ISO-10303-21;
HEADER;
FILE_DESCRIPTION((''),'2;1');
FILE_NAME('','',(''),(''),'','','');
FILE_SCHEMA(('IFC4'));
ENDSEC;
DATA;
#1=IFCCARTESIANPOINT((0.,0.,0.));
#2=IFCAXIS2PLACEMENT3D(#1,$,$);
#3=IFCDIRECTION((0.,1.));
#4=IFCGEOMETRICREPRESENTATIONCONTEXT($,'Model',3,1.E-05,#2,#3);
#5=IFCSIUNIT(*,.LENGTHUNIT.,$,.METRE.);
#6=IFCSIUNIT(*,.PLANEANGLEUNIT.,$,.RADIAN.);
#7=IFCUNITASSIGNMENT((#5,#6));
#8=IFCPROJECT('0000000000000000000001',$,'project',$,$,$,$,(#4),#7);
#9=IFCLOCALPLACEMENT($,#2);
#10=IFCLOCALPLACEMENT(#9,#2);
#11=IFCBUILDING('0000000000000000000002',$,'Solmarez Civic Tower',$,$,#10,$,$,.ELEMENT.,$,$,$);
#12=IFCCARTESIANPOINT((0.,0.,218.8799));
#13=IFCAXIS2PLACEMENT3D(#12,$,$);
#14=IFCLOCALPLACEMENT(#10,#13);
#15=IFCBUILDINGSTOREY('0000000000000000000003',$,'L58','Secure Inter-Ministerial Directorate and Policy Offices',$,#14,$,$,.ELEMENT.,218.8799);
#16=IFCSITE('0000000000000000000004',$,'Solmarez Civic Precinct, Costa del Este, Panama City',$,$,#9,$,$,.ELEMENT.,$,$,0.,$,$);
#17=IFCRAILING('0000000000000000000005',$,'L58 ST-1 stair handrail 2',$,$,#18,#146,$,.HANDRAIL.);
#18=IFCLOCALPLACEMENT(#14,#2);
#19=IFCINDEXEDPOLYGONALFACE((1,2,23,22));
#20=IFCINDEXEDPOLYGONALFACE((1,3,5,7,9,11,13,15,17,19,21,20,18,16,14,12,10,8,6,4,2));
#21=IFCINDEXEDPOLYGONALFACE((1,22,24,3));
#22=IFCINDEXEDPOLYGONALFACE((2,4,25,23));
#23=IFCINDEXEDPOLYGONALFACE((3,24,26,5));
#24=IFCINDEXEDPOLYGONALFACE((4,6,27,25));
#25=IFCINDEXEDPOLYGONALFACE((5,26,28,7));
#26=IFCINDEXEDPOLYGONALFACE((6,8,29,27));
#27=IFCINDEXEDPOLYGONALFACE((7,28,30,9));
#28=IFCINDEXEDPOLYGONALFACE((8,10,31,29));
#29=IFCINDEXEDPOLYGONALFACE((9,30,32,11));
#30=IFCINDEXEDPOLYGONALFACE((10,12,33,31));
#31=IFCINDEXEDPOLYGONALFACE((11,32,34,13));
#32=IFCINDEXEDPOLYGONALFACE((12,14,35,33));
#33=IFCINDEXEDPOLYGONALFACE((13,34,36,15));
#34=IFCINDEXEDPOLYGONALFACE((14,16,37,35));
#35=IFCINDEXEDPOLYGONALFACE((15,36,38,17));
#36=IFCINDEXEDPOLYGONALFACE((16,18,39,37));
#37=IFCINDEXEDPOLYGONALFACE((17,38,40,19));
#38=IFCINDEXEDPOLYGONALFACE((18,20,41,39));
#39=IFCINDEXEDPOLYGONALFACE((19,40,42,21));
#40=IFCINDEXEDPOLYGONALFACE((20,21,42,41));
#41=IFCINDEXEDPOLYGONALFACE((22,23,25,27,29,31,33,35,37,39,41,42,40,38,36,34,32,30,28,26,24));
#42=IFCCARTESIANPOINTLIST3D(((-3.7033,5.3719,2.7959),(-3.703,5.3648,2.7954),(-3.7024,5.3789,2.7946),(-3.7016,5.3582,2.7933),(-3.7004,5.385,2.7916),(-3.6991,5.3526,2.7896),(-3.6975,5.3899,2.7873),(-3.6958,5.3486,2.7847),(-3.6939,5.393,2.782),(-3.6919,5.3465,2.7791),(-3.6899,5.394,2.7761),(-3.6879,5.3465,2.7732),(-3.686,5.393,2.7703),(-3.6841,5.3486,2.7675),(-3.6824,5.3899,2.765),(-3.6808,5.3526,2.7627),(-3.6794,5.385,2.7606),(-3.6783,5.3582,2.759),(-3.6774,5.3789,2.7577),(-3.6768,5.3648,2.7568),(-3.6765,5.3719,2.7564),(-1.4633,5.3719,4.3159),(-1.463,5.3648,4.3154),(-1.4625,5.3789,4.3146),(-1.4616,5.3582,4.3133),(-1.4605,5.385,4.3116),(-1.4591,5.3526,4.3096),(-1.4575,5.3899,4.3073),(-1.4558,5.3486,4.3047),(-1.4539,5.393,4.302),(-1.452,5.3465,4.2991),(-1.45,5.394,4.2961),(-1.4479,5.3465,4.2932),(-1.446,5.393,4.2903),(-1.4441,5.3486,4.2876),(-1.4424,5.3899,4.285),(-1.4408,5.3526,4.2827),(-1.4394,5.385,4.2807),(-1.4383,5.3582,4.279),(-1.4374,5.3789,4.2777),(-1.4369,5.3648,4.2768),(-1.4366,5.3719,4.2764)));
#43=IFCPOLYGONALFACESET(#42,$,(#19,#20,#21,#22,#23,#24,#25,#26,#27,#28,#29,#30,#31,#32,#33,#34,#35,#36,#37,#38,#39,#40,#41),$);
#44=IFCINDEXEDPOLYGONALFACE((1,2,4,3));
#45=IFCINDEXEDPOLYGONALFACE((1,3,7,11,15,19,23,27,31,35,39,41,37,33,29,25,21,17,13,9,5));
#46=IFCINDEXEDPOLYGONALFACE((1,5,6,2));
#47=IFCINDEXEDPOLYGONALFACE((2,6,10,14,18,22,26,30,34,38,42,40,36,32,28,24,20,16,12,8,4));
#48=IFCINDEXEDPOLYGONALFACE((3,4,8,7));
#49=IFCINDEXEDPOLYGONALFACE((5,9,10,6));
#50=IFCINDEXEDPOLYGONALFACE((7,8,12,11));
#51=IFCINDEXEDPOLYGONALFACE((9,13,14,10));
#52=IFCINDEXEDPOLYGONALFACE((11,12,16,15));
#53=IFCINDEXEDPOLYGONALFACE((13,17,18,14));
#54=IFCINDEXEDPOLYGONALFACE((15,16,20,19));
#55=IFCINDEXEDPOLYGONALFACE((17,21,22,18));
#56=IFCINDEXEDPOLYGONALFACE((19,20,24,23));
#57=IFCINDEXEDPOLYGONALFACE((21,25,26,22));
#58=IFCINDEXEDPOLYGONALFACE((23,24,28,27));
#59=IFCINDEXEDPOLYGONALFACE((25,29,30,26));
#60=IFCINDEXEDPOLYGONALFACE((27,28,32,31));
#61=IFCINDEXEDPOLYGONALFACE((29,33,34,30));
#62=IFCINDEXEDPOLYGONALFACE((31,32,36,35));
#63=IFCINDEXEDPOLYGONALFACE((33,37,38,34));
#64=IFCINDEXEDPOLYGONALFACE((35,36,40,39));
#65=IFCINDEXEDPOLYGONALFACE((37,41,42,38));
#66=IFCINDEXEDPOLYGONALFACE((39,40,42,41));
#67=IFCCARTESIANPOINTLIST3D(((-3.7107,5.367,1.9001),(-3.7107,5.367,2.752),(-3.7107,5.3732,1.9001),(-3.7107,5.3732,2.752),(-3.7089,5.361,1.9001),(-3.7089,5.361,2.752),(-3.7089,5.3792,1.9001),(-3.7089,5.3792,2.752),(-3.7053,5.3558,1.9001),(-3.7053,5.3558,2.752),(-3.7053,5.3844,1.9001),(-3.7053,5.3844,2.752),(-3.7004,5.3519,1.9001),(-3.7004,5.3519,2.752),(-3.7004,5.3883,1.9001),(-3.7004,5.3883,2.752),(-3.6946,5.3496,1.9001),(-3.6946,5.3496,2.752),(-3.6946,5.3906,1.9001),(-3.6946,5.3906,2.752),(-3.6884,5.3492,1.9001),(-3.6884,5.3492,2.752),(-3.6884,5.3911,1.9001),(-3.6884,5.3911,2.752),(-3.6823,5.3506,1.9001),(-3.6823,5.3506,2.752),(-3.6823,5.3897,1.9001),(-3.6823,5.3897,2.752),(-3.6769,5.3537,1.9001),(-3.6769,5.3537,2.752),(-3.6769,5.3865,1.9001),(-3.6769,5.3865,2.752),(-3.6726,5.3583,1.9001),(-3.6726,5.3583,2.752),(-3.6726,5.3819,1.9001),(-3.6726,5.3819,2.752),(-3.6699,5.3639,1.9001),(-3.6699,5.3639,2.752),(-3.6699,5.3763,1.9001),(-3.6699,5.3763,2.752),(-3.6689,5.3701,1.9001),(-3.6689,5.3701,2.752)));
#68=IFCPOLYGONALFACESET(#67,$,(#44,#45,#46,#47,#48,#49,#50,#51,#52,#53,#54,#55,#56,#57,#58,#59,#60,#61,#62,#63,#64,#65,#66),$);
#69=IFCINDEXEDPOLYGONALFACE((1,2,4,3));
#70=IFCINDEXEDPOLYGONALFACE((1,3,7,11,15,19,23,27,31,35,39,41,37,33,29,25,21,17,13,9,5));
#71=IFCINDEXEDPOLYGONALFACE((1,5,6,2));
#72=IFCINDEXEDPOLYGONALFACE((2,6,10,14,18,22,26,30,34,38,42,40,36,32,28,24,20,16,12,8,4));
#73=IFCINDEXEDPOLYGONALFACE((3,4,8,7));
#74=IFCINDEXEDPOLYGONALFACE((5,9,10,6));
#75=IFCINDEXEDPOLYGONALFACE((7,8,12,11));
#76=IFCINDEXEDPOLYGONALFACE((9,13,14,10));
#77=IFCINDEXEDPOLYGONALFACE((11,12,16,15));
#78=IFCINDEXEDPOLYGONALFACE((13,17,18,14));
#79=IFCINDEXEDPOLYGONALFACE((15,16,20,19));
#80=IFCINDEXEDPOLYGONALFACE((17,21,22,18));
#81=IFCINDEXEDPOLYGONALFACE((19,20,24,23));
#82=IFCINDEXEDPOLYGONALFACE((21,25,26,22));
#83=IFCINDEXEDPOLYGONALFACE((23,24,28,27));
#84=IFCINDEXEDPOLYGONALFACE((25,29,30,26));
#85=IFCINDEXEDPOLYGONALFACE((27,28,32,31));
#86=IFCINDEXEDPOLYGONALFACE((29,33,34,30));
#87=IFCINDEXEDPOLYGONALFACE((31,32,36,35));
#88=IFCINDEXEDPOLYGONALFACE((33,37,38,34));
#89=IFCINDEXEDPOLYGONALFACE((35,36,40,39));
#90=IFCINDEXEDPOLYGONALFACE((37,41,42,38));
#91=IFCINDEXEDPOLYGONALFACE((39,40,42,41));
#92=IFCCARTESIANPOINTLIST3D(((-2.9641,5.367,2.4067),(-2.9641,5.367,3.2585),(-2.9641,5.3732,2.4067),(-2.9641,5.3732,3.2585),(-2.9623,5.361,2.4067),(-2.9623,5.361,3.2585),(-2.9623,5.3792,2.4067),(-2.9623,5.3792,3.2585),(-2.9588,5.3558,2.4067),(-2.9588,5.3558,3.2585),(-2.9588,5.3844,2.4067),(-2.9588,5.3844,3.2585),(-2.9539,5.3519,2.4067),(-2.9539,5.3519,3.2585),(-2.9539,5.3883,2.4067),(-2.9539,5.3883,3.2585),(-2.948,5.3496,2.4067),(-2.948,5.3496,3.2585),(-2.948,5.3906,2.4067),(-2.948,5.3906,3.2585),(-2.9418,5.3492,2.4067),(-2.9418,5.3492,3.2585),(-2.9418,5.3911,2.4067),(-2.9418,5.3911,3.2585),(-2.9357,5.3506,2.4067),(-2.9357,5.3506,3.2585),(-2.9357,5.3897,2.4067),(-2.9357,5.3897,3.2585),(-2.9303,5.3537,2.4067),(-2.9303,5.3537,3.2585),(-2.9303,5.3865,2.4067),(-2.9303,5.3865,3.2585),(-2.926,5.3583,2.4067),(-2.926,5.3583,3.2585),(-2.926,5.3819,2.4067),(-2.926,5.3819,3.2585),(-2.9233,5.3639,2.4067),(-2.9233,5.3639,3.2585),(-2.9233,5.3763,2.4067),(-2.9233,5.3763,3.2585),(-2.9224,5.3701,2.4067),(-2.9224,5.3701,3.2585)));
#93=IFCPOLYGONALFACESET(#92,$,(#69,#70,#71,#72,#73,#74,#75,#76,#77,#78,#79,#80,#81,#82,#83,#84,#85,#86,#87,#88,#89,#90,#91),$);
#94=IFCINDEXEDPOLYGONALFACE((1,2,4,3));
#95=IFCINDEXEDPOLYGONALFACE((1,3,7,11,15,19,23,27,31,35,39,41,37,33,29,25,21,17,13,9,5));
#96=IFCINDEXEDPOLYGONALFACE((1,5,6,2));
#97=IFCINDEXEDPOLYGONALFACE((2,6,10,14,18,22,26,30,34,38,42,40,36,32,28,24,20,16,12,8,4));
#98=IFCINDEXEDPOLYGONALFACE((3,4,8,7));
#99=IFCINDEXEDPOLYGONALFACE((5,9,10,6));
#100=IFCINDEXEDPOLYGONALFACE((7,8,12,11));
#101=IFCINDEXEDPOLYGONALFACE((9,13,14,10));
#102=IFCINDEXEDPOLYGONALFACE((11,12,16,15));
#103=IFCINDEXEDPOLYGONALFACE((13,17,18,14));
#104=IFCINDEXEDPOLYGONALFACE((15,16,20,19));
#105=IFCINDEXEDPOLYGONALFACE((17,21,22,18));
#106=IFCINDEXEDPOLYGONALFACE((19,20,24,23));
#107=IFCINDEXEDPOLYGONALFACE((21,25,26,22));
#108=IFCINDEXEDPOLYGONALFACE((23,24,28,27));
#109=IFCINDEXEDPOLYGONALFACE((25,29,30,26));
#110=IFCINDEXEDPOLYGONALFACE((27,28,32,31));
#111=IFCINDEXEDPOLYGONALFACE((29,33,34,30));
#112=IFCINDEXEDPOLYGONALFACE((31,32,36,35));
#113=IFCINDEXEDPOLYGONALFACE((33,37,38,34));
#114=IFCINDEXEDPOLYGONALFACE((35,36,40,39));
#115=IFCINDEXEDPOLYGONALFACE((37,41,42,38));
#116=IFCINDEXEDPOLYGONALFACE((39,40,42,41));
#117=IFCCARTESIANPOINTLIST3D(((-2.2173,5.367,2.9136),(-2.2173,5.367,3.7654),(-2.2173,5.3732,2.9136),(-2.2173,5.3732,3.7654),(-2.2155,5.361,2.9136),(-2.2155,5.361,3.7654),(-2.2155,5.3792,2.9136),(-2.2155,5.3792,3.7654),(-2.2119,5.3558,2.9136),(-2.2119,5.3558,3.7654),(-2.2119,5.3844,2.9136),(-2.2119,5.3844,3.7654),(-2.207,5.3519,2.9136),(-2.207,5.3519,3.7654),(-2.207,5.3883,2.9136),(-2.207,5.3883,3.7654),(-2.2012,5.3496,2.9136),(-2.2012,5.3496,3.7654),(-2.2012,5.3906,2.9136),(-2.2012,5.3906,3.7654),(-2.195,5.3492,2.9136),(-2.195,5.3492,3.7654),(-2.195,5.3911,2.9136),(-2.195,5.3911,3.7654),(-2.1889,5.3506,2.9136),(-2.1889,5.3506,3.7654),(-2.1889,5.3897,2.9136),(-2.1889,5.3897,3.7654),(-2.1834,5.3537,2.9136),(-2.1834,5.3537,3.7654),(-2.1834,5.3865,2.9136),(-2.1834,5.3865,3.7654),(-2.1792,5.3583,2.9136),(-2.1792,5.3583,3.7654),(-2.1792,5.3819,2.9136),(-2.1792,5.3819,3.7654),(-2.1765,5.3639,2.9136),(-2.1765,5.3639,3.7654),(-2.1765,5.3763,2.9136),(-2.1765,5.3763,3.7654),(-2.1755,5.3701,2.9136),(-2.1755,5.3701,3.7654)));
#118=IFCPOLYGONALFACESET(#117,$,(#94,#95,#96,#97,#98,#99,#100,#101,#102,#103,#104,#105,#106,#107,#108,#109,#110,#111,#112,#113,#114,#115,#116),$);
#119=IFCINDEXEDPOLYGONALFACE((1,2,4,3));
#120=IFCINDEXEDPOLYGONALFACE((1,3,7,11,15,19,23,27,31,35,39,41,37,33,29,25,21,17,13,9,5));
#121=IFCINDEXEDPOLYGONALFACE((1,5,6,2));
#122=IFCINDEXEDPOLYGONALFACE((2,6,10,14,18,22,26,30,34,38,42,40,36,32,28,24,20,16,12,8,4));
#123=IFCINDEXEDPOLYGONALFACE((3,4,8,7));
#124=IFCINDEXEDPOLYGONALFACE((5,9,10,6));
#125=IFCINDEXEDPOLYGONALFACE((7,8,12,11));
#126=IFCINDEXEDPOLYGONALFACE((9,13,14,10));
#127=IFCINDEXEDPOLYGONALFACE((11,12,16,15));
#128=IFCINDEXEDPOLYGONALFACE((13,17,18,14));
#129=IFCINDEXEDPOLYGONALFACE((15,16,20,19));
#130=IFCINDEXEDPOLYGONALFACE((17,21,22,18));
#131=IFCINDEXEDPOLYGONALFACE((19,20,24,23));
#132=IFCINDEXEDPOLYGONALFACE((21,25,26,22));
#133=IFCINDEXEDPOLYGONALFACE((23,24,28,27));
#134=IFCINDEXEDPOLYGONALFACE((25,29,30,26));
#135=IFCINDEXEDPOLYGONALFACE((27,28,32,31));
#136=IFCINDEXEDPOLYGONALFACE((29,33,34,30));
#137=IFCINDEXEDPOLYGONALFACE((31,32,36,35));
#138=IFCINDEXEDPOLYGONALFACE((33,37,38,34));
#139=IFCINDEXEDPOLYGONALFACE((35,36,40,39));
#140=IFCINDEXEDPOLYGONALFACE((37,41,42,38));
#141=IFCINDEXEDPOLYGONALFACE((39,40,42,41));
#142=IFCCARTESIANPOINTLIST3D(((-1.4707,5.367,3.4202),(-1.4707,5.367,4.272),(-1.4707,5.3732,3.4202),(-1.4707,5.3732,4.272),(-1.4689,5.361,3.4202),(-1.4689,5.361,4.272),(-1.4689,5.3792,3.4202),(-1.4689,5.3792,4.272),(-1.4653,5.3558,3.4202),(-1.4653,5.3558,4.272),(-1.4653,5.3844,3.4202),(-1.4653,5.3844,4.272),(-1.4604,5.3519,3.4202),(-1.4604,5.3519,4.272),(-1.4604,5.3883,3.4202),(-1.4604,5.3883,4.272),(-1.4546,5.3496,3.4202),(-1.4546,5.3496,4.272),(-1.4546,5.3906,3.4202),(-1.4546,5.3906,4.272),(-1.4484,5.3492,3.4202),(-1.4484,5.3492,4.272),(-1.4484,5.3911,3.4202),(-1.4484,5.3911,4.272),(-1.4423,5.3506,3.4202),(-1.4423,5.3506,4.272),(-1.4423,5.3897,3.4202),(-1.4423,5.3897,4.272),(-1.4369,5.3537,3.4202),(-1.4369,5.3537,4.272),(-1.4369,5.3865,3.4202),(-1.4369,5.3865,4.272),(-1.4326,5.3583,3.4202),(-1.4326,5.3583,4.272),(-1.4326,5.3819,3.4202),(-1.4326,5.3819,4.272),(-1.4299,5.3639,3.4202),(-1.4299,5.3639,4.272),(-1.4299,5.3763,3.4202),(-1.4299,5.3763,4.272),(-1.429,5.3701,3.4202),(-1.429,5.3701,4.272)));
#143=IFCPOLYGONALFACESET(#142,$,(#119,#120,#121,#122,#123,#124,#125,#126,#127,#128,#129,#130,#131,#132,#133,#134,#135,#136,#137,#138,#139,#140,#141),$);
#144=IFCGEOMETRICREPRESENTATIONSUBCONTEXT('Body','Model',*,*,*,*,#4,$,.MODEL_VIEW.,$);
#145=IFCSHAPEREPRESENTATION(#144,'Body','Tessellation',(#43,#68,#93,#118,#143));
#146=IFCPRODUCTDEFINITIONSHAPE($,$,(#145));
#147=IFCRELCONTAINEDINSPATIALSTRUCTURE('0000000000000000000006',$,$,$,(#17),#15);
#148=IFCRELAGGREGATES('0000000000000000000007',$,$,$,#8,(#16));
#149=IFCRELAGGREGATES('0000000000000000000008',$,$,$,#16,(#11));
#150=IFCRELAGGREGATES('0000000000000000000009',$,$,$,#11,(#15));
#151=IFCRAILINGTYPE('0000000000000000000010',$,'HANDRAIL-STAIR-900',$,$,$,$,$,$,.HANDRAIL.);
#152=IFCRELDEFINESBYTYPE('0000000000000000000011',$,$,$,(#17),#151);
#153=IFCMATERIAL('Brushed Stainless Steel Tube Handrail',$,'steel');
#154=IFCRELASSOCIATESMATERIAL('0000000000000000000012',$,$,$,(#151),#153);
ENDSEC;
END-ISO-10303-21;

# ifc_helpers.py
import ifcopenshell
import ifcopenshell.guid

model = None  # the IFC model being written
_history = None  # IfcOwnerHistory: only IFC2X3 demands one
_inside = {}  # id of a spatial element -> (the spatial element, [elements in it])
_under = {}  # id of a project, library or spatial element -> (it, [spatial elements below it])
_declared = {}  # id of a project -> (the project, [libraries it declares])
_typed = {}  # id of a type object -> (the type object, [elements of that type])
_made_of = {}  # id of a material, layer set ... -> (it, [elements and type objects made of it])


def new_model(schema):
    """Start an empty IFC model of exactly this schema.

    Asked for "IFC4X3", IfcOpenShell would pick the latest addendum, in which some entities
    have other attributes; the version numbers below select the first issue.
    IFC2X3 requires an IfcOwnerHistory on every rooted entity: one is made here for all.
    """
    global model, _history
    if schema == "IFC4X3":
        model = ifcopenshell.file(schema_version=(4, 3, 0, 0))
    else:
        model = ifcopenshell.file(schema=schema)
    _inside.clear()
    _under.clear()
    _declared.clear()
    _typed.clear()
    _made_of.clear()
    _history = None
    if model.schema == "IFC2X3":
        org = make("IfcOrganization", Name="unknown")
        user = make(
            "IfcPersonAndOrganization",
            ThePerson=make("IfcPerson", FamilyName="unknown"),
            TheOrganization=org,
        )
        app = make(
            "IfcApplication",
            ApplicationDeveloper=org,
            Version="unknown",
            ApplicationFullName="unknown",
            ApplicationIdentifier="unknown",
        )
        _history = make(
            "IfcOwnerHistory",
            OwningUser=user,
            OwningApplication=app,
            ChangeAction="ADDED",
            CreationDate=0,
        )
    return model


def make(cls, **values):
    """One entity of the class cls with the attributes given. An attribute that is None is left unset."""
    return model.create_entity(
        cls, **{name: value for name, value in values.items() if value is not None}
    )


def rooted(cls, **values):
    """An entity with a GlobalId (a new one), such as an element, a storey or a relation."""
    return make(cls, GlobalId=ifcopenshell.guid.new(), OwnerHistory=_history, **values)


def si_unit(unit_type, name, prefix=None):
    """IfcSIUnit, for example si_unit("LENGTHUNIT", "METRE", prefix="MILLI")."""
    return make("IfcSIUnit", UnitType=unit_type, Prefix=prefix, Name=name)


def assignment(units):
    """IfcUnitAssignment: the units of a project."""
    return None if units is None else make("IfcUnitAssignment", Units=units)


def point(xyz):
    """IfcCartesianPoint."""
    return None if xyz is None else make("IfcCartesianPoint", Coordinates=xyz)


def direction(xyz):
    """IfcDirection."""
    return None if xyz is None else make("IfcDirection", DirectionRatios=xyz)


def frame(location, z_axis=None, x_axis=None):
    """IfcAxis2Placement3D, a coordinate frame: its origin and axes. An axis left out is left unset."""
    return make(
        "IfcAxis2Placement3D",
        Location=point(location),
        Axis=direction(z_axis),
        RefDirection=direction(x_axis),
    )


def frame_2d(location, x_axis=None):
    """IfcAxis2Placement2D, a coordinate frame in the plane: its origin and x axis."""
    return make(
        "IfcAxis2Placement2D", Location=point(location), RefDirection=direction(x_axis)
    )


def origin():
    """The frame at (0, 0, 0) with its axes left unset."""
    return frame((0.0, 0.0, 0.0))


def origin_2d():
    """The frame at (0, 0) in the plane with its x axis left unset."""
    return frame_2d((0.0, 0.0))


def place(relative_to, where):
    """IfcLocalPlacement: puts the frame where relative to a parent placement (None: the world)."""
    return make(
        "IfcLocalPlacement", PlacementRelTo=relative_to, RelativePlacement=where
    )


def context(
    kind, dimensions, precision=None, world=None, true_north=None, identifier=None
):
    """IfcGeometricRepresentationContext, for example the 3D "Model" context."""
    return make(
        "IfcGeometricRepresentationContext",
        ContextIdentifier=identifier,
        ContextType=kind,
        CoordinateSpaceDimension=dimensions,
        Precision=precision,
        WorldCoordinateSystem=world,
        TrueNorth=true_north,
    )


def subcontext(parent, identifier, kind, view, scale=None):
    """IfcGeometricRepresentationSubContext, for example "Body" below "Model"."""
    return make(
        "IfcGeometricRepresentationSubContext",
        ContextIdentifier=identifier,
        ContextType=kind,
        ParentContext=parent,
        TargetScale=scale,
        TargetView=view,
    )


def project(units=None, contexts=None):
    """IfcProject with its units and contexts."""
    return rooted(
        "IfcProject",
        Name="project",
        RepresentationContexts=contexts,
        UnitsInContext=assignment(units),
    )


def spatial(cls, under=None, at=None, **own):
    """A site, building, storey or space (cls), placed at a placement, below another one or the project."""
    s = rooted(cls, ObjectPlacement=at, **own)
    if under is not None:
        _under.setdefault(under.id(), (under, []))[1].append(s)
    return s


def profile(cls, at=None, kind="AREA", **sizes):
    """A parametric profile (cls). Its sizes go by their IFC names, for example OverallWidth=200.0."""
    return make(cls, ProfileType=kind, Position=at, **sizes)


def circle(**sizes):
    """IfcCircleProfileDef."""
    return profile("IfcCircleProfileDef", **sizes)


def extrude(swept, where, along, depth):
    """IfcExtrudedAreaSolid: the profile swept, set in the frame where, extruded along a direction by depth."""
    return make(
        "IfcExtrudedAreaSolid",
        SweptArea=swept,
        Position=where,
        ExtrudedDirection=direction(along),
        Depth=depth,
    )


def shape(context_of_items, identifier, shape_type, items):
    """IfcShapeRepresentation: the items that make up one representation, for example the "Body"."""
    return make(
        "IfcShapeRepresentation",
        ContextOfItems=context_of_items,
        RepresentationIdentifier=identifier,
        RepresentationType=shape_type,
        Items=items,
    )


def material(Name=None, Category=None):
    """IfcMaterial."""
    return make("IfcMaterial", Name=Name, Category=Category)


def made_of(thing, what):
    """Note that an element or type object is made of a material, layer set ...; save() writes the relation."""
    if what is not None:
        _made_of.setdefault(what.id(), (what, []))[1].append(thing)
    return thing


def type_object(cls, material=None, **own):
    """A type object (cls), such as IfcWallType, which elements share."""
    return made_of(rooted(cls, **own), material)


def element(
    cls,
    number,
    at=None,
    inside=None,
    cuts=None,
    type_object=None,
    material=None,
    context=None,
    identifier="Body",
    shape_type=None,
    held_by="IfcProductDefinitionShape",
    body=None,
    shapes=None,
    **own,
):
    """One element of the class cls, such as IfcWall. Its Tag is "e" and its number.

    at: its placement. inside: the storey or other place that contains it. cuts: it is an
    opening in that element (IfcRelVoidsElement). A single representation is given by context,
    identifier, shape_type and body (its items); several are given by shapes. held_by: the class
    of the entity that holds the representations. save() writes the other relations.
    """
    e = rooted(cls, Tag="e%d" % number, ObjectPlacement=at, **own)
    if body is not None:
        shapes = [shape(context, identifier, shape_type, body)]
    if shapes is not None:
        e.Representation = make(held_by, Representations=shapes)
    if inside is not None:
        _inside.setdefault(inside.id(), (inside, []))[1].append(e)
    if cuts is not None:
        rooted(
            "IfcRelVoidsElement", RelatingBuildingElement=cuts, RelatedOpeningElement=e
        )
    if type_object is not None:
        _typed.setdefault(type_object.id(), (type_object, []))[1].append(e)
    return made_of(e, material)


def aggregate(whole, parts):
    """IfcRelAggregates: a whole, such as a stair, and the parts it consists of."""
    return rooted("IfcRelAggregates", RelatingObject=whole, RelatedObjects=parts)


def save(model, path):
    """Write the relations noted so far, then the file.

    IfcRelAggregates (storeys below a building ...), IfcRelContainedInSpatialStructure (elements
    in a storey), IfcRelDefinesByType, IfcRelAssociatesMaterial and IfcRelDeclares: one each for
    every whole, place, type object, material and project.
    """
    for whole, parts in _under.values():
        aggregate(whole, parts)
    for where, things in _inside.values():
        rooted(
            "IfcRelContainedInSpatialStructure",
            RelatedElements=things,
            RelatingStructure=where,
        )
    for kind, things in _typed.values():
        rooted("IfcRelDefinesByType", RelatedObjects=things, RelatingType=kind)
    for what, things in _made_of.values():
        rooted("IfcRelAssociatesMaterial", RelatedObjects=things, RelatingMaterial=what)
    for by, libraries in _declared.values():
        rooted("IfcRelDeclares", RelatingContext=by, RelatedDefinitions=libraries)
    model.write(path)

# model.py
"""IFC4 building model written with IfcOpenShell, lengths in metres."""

from ifc_helpers import new_model, si_unit, direction, frame, origin, origin_2d, place, context, subcontext, project, spatial, circle, extrude, material, type_object, element, save


model = new_model("IFC4")

# Units and contexts
model_context = context("Model", 3, precision=1e-05, world=origin(), true_north=direction((0.0, 1.0)))
body_context = subcontext(model_context, "Body", "Model", "MODEL_VIEW")
ifc_project = project(units=[si_unit("LENGTHUNIT", "METRE"), si_unit("PLANEANGLEUNIT", "RADIAN")], contexts=[model_context])

# Site, building, storey
site_placement = place(None, origin())
site = spatial("IfcSite", under=ifc_project, at=site_placement, Name="Solmarez Civic Precinct, Costa del Este, Panama City", CompositionType="ELEMENT", RefElevation=0.0)
building_placement = place(site_placement, origin())
building = spatial("IfcBuilding", under=site, at=building_placement, Name="Solmarez Civic Tower", CompositionType="ELEMENT")
storey_placement = place(building_placement, frame((0.0, 0.0, 218.8799)))
storey = spatial("IfcBuildingStorey", under=building, at=storey_placement, Name="L58", Description="Secure Inter-Ministerial Directorate and Policy Offices", CompositionType="ELEMENT", Elevation=218.8799)

# Railing
ifc_material_1 = material(Name="Brushed Stainless Steel Tube Handrail", Category="steel")
railing_type_1 = type_object("IfcRailingType", Name="HANDRAIL-STAIR-900", PredefinedType="HANDRAIL", material=ifc_material_1)
railing_1_placement = place(storey_placement, frame((-3.6899, 5.3701, 1.9001)))
element("IfcRailing", 1, at=railing_1_placement, inside=storey, type_object=railing_type_1, Name="L58 ST-1 stair handrail 2", PredefinedType="HANDRAIL", context=body_context, shape_type="SweptSolid", body=[
    extrude(circle(Radius=0.0239, at=origin_2d()), frame((0.0, 0.0, 0.876), z_axis=(0.827471, 0.0, 0.561508), x_axis=(0.0, 1.0, 0.0)), (0.0, 0.0, 1.0), 2.707),
    extrude(circle(Radius=0.021, at=origin_2d()), origin(), (0.0, 0.0, 1.0), 0.8518),
    extrude(circle(Radius=0.021, at=origin_2d()), frame((0.7466, 0.0, 0.5066)), (0.0, 0.0, 1.0), 0.8518),
    extrude(circle(Radius=0.021, at=origin_2d()), frame((1.4934, 0.0, 1.0134)), (0.0, 0.0, 1.0), 0.8518),
    extrude(circle(Radius=0.021, at=origin_2d()), frame((2.24, 0.0, 1.52)), (0.0, 0.0, 1.0), 0.8518),
])

save(model, "model.ifc")
